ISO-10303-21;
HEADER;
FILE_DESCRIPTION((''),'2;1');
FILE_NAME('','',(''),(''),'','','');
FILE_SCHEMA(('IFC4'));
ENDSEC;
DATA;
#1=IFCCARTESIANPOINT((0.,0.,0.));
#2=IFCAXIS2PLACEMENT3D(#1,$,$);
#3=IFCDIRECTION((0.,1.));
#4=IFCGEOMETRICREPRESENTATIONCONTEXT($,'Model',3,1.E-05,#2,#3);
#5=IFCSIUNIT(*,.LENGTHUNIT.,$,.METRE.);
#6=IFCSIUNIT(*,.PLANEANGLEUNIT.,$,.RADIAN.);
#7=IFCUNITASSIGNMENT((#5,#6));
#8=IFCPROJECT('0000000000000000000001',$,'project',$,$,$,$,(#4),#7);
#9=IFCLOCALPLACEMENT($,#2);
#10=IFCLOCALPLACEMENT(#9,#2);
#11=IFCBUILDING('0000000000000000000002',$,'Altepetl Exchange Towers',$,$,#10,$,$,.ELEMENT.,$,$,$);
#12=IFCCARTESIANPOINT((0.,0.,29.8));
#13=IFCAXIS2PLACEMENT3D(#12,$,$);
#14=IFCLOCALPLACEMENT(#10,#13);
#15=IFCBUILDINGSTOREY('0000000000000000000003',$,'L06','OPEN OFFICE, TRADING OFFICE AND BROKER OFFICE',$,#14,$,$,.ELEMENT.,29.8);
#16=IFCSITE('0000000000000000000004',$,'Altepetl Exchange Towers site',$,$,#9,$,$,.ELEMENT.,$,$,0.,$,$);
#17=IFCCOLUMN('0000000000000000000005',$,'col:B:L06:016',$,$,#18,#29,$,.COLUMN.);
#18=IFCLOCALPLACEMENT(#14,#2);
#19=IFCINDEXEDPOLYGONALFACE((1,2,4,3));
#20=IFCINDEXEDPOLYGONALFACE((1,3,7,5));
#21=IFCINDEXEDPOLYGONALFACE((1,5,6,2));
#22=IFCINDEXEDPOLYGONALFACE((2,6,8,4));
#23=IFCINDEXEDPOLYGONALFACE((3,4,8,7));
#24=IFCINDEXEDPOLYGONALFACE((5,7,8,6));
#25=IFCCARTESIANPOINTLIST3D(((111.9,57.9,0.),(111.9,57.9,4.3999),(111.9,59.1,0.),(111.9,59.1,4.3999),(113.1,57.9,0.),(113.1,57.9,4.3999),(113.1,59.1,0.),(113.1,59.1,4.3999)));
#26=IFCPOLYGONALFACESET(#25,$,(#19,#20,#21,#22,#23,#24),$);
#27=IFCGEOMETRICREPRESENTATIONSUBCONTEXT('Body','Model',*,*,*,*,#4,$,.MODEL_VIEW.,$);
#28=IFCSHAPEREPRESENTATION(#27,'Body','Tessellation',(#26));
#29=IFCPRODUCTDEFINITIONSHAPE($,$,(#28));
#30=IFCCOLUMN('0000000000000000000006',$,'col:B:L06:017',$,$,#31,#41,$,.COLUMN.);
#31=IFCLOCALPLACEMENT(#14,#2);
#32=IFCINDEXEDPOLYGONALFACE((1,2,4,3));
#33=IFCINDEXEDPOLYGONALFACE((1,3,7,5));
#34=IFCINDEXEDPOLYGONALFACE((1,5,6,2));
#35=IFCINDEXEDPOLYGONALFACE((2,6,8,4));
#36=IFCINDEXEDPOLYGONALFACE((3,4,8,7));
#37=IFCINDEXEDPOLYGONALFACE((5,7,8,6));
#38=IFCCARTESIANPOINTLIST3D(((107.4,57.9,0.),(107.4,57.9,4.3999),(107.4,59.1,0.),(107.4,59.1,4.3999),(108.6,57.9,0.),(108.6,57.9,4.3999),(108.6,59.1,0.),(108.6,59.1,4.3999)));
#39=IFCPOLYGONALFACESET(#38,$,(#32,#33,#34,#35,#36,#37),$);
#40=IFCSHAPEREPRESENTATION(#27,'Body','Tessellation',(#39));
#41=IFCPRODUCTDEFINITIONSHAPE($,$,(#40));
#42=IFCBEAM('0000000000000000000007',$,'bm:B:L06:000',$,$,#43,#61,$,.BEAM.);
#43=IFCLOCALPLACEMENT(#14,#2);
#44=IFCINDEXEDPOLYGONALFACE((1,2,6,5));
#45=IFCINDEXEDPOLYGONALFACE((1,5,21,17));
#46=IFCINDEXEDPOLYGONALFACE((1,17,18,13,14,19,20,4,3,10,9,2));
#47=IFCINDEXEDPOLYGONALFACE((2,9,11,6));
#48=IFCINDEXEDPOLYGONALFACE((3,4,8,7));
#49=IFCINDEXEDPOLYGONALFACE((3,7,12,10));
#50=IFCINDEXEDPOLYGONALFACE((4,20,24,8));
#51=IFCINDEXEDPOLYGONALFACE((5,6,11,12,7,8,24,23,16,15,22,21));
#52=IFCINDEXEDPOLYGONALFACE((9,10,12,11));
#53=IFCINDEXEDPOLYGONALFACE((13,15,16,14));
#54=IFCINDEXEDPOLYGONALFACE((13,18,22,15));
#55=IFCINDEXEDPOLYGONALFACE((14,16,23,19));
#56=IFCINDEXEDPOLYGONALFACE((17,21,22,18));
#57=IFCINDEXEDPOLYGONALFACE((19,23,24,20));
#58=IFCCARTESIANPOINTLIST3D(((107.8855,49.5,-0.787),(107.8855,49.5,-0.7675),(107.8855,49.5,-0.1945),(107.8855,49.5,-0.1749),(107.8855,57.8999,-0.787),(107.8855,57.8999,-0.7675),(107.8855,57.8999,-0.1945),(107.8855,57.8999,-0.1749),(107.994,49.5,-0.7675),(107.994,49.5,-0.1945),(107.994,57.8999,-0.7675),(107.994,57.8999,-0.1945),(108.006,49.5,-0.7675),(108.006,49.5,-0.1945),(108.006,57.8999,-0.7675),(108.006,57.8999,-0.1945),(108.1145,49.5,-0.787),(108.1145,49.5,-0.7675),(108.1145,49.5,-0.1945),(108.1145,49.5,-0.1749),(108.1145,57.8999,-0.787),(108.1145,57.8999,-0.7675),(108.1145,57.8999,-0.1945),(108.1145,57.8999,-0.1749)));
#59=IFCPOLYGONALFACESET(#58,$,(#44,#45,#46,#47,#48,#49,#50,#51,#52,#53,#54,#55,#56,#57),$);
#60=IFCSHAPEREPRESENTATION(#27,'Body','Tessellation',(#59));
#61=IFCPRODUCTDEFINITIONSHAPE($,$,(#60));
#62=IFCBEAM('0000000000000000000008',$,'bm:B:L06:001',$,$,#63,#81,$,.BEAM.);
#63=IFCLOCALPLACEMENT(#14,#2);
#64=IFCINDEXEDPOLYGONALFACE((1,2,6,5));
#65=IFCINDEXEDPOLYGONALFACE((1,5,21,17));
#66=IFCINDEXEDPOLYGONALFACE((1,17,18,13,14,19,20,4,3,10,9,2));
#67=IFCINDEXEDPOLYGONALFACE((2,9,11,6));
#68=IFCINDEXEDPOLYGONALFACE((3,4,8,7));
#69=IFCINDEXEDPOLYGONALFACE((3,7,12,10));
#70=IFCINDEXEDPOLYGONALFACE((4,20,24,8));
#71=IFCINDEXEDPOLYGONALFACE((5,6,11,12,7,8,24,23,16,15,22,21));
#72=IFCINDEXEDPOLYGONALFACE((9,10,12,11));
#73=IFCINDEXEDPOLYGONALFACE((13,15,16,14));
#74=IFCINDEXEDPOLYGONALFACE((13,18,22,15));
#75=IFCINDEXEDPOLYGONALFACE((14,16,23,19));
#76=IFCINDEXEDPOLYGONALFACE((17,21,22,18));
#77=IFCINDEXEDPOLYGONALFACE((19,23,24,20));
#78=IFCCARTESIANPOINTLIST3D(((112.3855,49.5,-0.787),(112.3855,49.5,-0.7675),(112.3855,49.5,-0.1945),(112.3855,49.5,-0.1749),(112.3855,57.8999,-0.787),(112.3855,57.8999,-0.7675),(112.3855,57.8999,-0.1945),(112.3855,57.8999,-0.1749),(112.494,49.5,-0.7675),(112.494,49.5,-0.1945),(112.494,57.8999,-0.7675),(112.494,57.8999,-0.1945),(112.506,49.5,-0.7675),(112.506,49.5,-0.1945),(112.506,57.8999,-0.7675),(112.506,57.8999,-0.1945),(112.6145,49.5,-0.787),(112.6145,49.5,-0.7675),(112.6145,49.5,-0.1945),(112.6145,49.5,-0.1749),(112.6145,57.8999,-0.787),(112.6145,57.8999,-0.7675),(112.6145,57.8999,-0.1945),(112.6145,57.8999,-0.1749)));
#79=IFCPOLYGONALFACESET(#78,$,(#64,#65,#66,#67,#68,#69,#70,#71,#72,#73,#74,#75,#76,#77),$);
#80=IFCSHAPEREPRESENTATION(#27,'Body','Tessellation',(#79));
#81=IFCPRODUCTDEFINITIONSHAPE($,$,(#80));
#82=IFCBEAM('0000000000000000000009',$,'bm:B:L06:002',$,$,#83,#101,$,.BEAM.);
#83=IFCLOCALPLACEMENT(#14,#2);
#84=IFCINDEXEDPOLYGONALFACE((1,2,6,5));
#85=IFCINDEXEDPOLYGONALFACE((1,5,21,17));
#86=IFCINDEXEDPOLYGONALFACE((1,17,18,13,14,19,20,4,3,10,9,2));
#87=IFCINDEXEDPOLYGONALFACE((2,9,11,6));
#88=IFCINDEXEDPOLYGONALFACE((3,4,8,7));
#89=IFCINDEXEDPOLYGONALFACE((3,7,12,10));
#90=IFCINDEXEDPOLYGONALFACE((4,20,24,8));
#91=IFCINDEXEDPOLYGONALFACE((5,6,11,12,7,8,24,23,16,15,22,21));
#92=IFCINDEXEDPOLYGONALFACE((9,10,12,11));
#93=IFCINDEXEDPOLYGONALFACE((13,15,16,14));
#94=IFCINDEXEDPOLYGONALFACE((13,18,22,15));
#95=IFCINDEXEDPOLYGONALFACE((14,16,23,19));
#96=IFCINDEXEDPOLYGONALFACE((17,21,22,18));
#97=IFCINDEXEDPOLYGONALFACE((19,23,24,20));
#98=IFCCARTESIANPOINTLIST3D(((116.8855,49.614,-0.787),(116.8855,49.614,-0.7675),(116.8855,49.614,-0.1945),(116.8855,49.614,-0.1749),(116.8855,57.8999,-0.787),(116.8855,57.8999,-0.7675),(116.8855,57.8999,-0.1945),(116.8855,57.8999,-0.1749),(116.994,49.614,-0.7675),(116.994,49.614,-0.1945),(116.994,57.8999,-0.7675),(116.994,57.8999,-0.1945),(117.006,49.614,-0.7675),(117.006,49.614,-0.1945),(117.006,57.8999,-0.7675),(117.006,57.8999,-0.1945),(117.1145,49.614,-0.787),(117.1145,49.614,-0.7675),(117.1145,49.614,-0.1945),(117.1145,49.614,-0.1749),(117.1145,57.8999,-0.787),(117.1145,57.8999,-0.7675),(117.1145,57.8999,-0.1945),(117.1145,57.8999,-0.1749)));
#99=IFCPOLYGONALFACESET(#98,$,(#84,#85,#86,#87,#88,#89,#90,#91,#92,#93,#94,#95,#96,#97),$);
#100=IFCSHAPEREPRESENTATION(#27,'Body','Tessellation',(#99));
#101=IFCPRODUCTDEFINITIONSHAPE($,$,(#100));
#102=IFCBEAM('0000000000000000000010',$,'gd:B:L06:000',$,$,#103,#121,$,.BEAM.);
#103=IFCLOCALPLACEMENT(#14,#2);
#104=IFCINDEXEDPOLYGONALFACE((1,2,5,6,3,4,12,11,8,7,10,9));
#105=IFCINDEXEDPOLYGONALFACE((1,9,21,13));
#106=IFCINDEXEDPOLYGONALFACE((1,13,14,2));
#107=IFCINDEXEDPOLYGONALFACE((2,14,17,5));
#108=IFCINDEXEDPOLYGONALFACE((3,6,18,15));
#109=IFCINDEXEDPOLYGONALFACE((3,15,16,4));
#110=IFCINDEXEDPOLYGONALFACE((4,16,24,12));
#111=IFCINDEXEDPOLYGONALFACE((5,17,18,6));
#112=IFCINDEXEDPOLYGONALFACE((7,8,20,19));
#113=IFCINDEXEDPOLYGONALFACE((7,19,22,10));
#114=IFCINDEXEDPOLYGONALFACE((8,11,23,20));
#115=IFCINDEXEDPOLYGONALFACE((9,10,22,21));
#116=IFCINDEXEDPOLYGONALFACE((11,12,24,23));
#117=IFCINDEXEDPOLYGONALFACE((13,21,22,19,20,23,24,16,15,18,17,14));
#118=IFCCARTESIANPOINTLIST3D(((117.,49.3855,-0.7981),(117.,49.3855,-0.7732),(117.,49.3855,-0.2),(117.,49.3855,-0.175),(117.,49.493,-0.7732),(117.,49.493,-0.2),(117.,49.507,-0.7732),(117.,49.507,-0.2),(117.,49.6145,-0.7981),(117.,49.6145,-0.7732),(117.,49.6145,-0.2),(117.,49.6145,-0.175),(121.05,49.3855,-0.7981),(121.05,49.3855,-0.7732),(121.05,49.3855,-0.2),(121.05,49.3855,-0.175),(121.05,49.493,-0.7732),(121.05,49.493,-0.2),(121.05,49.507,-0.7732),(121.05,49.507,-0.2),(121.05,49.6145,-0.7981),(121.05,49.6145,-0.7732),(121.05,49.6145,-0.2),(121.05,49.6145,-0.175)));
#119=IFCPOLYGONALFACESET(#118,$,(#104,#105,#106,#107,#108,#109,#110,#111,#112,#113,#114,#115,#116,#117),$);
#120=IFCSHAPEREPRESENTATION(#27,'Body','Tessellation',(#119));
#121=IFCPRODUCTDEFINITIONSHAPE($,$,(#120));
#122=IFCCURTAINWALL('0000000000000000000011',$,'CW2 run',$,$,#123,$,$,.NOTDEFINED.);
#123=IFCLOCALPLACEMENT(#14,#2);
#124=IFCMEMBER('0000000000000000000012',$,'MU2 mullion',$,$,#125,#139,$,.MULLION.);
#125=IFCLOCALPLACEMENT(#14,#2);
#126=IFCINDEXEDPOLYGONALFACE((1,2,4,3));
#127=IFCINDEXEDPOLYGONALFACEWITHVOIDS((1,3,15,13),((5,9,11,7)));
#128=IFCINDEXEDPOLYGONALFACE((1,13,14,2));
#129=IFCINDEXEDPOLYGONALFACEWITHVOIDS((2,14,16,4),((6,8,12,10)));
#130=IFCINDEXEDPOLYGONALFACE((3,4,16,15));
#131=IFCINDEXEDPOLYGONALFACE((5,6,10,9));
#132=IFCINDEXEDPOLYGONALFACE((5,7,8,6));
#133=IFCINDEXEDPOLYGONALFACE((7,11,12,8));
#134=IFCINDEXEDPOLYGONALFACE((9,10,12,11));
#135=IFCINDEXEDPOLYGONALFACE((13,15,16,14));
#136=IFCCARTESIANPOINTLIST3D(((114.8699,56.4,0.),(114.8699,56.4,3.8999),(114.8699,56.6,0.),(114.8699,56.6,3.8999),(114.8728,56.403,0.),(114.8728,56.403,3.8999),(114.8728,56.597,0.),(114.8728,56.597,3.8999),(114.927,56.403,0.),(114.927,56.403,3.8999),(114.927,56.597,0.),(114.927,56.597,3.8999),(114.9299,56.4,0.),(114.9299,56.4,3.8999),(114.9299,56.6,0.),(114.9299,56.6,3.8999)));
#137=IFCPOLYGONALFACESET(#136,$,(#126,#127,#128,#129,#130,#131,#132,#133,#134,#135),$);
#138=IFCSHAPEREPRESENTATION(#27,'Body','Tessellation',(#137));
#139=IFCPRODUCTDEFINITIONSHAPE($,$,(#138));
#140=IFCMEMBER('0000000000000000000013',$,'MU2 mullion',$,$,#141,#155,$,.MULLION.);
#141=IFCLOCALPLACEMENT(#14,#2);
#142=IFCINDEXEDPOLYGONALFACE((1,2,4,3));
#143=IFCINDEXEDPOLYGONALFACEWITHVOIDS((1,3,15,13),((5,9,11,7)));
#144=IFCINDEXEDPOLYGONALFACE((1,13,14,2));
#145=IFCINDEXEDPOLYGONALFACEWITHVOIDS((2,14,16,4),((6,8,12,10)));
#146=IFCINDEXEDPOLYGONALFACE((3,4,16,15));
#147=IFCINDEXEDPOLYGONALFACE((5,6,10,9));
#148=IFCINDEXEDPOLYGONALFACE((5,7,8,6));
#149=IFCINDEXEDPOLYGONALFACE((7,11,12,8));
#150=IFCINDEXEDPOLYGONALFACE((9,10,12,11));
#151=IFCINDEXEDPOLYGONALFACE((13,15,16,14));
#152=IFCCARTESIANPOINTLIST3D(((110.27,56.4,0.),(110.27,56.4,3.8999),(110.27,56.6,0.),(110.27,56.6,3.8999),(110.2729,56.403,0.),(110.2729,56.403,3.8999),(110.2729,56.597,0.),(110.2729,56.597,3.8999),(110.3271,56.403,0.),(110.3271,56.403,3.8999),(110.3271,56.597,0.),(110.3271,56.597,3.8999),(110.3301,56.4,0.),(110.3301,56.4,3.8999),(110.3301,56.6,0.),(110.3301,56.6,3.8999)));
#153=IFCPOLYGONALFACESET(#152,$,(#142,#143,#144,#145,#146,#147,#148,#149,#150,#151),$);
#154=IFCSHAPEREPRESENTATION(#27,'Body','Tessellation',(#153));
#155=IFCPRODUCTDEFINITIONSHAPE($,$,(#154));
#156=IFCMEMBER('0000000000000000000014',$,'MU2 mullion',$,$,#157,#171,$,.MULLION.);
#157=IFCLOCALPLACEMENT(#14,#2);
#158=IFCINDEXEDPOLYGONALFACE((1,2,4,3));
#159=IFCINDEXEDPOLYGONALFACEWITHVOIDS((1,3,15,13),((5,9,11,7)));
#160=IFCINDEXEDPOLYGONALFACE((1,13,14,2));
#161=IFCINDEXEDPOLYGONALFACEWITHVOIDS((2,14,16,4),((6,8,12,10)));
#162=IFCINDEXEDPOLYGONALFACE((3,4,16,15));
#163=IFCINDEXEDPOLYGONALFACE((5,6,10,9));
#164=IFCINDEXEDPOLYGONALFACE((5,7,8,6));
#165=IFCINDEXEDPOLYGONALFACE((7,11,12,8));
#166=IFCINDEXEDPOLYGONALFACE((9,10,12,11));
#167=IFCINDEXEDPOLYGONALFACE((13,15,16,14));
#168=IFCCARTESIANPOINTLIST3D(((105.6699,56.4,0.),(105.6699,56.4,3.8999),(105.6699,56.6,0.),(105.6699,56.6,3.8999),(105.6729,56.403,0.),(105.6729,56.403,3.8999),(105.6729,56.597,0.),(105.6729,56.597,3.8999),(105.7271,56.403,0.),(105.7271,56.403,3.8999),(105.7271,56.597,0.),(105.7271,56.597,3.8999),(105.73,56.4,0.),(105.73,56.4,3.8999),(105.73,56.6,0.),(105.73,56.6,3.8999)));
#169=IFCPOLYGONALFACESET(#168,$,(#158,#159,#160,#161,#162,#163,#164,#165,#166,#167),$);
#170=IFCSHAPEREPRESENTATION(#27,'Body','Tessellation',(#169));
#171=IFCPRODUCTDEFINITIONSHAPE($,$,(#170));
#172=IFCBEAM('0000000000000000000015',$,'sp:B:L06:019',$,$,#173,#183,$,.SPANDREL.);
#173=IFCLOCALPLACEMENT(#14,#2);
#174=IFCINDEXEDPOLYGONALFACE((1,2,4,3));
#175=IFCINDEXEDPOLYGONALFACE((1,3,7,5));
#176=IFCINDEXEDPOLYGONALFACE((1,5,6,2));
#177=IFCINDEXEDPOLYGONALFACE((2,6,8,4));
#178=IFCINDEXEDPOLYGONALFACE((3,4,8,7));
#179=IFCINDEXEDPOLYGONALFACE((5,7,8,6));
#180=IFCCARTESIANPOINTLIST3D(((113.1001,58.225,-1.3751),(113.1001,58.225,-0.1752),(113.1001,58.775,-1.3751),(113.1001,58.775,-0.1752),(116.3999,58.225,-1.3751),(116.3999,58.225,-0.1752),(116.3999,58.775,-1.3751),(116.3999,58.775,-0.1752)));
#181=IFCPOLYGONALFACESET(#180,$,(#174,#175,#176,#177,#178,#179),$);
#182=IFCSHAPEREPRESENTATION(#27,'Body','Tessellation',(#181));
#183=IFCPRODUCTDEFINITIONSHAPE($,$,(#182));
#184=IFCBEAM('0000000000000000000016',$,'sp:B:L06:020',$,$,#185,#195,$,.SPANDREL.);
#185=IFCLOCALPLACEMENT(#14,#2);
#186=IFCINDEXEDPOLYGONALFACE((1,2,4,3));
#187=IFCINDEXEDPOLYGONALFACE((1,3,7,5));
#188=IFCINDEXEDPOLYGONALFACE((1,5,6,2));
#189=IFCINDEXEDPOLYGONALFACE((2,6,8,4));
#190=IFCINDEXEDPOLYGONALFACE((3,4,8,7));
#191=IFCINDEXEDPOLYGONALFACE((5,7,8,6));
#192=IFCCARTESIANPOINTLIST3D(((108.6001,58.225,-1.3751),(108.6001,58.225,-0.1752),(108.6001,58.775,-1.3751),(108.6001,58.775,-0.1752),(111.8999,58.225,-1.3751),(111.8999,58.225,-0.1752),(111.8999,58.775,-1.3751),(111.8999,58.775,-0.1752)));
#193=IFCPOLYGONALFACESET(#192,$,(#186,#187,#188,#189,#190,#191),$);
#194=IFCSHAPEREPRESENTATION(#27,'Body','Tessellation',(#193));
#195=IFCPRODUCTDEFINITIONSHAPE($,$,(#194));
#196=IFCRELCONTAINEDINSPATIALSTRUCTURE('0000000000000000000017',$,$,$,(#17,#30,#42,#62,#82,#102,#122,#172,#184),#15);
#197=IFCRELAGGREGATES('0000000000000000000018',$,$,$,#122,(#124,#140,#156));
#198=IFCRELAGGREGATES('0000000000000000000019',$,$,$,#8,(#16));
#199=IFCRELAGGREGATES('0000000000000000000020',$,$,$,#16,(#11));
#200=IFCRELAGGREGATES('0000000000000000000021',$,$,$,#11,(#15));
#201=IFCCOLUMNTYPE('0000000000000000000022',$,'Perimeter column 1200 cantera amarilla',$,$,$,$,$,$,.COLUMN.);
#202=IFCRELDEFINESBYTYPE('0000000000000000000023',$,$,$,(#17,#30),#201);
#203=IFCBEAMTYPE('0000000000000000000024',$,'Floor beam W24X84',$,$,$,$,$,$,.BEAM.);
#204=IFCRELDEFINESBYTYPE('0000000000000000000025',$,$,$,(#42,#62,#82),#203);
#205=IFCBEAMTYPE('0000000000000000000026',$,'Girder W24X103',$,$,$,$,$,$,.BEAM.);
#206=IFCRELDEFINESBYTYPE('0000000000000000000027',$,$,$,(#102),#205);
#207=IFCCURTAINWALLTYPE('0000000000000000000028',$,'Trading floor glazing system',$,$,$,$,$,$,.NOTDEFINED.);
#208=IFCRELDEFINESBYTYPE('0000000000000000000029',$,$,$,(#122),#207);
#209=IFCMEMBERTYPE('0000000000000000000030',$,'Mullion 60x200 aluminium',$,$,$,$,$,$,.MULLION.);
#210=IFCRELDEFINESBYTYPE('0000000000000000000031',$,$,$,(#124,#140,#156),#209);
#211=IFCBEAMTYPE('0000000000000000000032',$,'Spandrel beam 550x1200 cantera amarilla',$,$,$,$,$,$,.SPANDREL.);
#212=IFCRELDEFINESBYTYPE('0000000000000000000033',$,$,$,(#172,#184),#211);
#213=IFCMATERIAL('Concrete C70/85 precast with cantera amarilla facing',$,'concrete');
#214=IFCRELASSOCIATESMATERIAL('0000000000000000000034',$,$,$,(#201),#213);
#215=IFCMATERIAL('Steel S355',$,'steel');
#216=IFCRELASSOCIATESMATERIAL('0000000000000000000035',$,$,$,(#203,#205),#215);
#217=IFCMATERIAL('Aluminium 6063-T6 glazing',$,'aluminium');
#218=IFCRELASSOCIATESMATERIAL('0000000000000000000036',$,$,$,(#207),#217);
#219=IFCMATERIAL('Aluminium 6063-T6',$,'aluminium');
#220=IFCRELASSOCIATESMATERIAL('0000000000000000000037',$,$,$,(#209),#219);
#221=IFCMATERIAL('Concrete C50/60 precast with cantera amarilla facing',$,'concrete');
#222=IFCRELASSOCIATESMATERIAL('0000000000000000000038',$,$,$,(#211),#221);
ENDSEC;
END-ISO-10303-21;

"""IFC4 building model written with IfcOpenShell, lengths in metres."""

from ifc_helpers import new_model, si_unit, direction, frame, origin, origin_2d, place, context, subcontext, project, spatial, rectangle, hollow_rectangle, i_section, extrude, material, material_profile, profile_set, type_object, element, aggregate, save


model = new_model("IFC4")

# Units and contexts
model_context = context("Model", 3, precision=1e-05, world=origin(), true_north=direction((0.0, 1.0)))
body_context = subcontext(model_context, "Body", "Model", "MODEL_VIEW")
ifc_project = project(units=[si_unit("LENGTHUNIT", "METRE"), si_unit("PLANEANGLEUNIT", "RADIAN")], contexts=[model_context])

# Site, building, storey
site_placement = place(None, origin())
site = spatial("IfcSite", under=ifc_project, at=site_placement, Name="Altepetl Exchange Towers site", CompositionType="ELEMENT", RefElevation=0.0)
building_placement = place(site_placement, origin())
building = spatial("IfcBuilding", under=site, at=building_placement, Name="Altepetl Exchange Towers", CompositionType="ELEMENT")
storey_placement = place(building_placement, frame((0.0, 0.0, 29.8)))
storey = spatial("IfcBuildingStorey", under=building, at=storey_placement, Name="L06", Description="OPEN OFFICE, TRADING OFFICE AND BROKER OFFICE", CompositionType="ELEMENT", Elevation=29.8)

# Columns
ifc_material_1 = material(Name="Concrete C70/85 precast with cantera amarilla facing", Category="concrete")
ifc_material_profile_1 = material_profile(ifc_material_1, rectangle(XDim=1.2, YDim=1.2, at=origin_2d()), Name="1200 x 1200")
ifc_profile_set_1 = profile_set([ifc_material_profile_1], Name="Concrete C70/85 precast with cantera amarilla facing")
column_type = type_object("IfcColumnType", Name="Perimeter column 1200 cantera amarilla", PredefinedType="COLUMN", material=ifc_profile_set_1)
for number, where, name in (
    (1, (112.5, 58.5, 0.0), "col:B:L06:016"),
    (2, (108.0, 58.5, 0.0), "col:B:L06:017"),
):
    element("IfcColumn", number, at=place(storey_placement, frame(where)), inside=storey, type_object=column_type, Name=name, PredefinedType="COLUMN", context=body_context, shape_type="SweptSolid", body=[
        extrude(rectangle(XDim=1.2, YDim=1.2, at=origin_2d()), origin(), (0.0, 0.0, 1.0), 4.3999),
    ])

# Beams
ifc_material_2 = material(Name="Steel S355", Category="steel")
ifc_material_profile_2 = material_profile(ifc_material_2, i_section(OverallWidth=0.229, OverallDepth=0.6121, WebThickness=0.012, FlangeThickness=0.0195, at=origin_2d()), Name="W24X84")
ifc_profile_set_2 = profile_set([ifc_material_profile_2], Name="Steel S355")
beam_type_1 = type_object("IfcBeamType", Name="Floor beam W24X84", PredefinedType="BEAM", material=ifc_profile_set_2)
for number, where, z_axis, x_axis, name in (
    (3, (108.0, 49.5, -0.481), (0.0, 1.0, 0.0), (-1.0, 0.0, 0.0), "bm:B:L06:000"),
    (4, (112.5, 49.5, -0.481), (0.0, 1.0, 0.0), (-1.0, 0.0, 0.0), "bm:B:L06:001"),
):
    element("IfcBeam", number, at=place(storey_placement, frame(where, z_axis=z_axis, x_axis=x_axis)), inside=storey, type_object=beam_type_1, Name=name, PredefinedType="BEAM", context=body_context, shape_type="SweptSolid", body=[
        extrude(i_section(OverallWidth=0.229, OverallDepth=0.6121, WebThickness=0.012, FlangeThickness=0.0195, at=origin_2d()), origin(), (0.0, 0.0, 1.0), 8.3999),
    ])
beam_1_placement = place(storey_placement, frame((117.0, 49.614, -0.481), z_axis=(0.0, 1.0, 0.0), x_axis=(-1.0, 0.0, 0.0)))
element("IfcBeam", 5, at=beam_1_placement, inside=storey, type_object=beam_type_1, Name="bm:B:L06:002", PredefinedType="BEAM", context=body_context, shape_type="SweptSolid", body=[
    extrude(i_section(OverallWidth=0.229, OverallDepth=0.6121, WebThickness=0.012, FlangeThickness=0.0195, at=origin_2d()), origin(), (0.0, 0.0, 1.0), 8.2859),
])
ifc_material_profile_3 = material_profile(ifc_material_2, i_section(OverallWidth=0.229, OverallDepth=0.623, WebThickness=0.0139, FlangeThickness=0.0249, at=origin_2d()), Name="W24X103")
ifc_profile_set_3 = profile_set([ifc_material_profile_3], Name="Steel S355")
beam_type_2 = type_object("IfcBeamType", Name="Girder W24X103", PredefinedType="BEAM", material=ifc_profile_set_3)
beam_2_placement = place(storey_placement, frame((117.0, 49.5, -0.4866), z_axis=(1.0, 0.0, 0.0), x_axis=(0.0, 1.0, 0.0)))
element("IfcBeam", 6, at=beam_2_placement, inside=storey, type_object=beam_type_2, Name="gd:B:L06:000", PredefinedType="BEAM", context=body_context, shape_type="SweptSolid", body=[
    extrude(i_section(OverallWidth=0.229, OverallDepth=0.623, WebThickness=0.0139, FlangeThickness=0.0249, at=origin_2d()), origin(), (0.0, 0.0, 1.0), 4.05),
])

# Curtain wall, members
ifc_material_3 = material(Name="Aluminium 6063-T6 glazing", Category="aluminium")
curtain_wall_type = type_object("IfcCurtainWallType", Name="Trading floor glazing system", PredefinedType="NOTDEFINED", material=ifc_material_3)
curtain_wall_placement = place(storey_placement, origin())
curtain_wall = element("IfcCurtainWall", 7, at=curtain_wall_placement, inside=storey, type_object=curtain_wall_type, Name="CW2 run", PredefinedType="NOTDEFINED")
ifc_material_4 = material(Name="Aluminium 6063-T6", Category="aluminium")
ifc_material_profile_4 = material_profile(ifc_material_4, hollow_rectangle(XDim=0.0601, YDim=0.2, WallThickness=0.0029, at=origin_2d()), Name="Mullion 60x200 aluminium")
ifc_profile_set_4 = profile_set([ifc_material_profile_4], Name="Aluminium 6063-T6")
member_type = type_object("IfcMemberType", Name="Mullion 60x200 aluminium", PredefinedType="MULLION", material=ifc_profile_set_4)
member_1_placement = place(storey_placement, frame((114.8999, 56.5, 0.0), z_axis=(0.0, 0.0, 1.0), x_axis=(-1.0, 0.0, 0.0)))
member_1 = element("IfcMember", 8, at=member_1_placement, type_object=member_type, Name="MU2 mullion", PredefinedType="MULLION", context=body_context, shape_type="SweptSolid", body=[
    extrude(hollow_rectangle(XDim=0.0601, YDim=0.2, WallThickness=0.0029, at=origin_2d()), origin(), (0.0, 0.0, 1.0), 3.8999),
])
member_2_placement = place(storey_placement, frame((110.3, 56.5, 0.0), z_axis=(0.0, 0.0, 1.0), x_axis=(-1.0, 0.0, 0.0)))
member_2 = element("IfcMember", 9, at=member_2_placement, type_object=member_type, Name="MU2 mullion", PredefinedType="MULLION", context=body_context, shape_type="SweptSolid", body=[
    extrude(hollow_rectangle(XDim=0.0601, YDim=0.2, WallThickness=0.0029, at=origin_2d()), origin(), (0.0, 0.0, 1.0), 3.8999),
])
member_3_placement = place(storey_placement, frame((105.7, 56.5, 0.0), z_axis=(0.0, 0.0, 1.0), x_axis=(-1.0, 0.0, 0.0)))
member_3 = element("IfcMember", 10, at=member_3_placement, type_object=member_type, Name="MU2 mullion", PredefinedType="MULLION", context=body_context, shape_type="SweptSolid", body=[
    extrude(hollow_rectangle(XDim=0.0601, YDim=0.2, WallThickness=0.0029, at=origin_2d()), origin(), (0.0, 0.0, 1.0), 3.8999),
])

# Beams
ifc_material_5 = material(Name="Concrete C50/60 precast with cantera amarilla facing", Category="concrete")
ifc_material_profile_5 = material_profile(ifc_material_5, rectangle(XDim=0.55, YDim=1.2, at=origin_2d()), Name="550 x 1200")
ifc_profile_set_5 = profile_set([ifc_material_profile_5], Name="Concrete C50/60 precast with cantera amarilla facing")
beam_type_3 = type_object("IfcBeamType", Name="Spandrel beam 550x1200 cantera amarilla", PredefinedType="SPANDREL", material=ifc_profile_set_5)
for number, where, z_axis, x_axis, name in (
    (11, (116.3999, 58.5, -0.7751), (-1.0, 0.0, 0.0), (0.0, -1.0, 0.0), "sp:B:L06:019"),
    (12, (111.8999, 58.5, -0.7751), (-1.0, 0.0, 0.0), (0.0, -1.0, 0.0), "sp:B:L06:020"),
):
    element("IfcBeam", number, at=place(storey_placement, frame(where, z_axis=z_axis, x_axis=x_axis)), inside=storey, type_object=beam_type_3, Name=name, PredefinedType="SPANDREL", context=body_context, shape_type="SweptSolid", body=[
        extrude(rectangle(XDim=0.55, YDim=1.2, at=origin_2d()), origin(), (0.0, 0.0, 1.0), 3.2998),
    ])

aggregate(curtain_wall, [member_1, member_2, member_3])

save(model, "model.ifc")
